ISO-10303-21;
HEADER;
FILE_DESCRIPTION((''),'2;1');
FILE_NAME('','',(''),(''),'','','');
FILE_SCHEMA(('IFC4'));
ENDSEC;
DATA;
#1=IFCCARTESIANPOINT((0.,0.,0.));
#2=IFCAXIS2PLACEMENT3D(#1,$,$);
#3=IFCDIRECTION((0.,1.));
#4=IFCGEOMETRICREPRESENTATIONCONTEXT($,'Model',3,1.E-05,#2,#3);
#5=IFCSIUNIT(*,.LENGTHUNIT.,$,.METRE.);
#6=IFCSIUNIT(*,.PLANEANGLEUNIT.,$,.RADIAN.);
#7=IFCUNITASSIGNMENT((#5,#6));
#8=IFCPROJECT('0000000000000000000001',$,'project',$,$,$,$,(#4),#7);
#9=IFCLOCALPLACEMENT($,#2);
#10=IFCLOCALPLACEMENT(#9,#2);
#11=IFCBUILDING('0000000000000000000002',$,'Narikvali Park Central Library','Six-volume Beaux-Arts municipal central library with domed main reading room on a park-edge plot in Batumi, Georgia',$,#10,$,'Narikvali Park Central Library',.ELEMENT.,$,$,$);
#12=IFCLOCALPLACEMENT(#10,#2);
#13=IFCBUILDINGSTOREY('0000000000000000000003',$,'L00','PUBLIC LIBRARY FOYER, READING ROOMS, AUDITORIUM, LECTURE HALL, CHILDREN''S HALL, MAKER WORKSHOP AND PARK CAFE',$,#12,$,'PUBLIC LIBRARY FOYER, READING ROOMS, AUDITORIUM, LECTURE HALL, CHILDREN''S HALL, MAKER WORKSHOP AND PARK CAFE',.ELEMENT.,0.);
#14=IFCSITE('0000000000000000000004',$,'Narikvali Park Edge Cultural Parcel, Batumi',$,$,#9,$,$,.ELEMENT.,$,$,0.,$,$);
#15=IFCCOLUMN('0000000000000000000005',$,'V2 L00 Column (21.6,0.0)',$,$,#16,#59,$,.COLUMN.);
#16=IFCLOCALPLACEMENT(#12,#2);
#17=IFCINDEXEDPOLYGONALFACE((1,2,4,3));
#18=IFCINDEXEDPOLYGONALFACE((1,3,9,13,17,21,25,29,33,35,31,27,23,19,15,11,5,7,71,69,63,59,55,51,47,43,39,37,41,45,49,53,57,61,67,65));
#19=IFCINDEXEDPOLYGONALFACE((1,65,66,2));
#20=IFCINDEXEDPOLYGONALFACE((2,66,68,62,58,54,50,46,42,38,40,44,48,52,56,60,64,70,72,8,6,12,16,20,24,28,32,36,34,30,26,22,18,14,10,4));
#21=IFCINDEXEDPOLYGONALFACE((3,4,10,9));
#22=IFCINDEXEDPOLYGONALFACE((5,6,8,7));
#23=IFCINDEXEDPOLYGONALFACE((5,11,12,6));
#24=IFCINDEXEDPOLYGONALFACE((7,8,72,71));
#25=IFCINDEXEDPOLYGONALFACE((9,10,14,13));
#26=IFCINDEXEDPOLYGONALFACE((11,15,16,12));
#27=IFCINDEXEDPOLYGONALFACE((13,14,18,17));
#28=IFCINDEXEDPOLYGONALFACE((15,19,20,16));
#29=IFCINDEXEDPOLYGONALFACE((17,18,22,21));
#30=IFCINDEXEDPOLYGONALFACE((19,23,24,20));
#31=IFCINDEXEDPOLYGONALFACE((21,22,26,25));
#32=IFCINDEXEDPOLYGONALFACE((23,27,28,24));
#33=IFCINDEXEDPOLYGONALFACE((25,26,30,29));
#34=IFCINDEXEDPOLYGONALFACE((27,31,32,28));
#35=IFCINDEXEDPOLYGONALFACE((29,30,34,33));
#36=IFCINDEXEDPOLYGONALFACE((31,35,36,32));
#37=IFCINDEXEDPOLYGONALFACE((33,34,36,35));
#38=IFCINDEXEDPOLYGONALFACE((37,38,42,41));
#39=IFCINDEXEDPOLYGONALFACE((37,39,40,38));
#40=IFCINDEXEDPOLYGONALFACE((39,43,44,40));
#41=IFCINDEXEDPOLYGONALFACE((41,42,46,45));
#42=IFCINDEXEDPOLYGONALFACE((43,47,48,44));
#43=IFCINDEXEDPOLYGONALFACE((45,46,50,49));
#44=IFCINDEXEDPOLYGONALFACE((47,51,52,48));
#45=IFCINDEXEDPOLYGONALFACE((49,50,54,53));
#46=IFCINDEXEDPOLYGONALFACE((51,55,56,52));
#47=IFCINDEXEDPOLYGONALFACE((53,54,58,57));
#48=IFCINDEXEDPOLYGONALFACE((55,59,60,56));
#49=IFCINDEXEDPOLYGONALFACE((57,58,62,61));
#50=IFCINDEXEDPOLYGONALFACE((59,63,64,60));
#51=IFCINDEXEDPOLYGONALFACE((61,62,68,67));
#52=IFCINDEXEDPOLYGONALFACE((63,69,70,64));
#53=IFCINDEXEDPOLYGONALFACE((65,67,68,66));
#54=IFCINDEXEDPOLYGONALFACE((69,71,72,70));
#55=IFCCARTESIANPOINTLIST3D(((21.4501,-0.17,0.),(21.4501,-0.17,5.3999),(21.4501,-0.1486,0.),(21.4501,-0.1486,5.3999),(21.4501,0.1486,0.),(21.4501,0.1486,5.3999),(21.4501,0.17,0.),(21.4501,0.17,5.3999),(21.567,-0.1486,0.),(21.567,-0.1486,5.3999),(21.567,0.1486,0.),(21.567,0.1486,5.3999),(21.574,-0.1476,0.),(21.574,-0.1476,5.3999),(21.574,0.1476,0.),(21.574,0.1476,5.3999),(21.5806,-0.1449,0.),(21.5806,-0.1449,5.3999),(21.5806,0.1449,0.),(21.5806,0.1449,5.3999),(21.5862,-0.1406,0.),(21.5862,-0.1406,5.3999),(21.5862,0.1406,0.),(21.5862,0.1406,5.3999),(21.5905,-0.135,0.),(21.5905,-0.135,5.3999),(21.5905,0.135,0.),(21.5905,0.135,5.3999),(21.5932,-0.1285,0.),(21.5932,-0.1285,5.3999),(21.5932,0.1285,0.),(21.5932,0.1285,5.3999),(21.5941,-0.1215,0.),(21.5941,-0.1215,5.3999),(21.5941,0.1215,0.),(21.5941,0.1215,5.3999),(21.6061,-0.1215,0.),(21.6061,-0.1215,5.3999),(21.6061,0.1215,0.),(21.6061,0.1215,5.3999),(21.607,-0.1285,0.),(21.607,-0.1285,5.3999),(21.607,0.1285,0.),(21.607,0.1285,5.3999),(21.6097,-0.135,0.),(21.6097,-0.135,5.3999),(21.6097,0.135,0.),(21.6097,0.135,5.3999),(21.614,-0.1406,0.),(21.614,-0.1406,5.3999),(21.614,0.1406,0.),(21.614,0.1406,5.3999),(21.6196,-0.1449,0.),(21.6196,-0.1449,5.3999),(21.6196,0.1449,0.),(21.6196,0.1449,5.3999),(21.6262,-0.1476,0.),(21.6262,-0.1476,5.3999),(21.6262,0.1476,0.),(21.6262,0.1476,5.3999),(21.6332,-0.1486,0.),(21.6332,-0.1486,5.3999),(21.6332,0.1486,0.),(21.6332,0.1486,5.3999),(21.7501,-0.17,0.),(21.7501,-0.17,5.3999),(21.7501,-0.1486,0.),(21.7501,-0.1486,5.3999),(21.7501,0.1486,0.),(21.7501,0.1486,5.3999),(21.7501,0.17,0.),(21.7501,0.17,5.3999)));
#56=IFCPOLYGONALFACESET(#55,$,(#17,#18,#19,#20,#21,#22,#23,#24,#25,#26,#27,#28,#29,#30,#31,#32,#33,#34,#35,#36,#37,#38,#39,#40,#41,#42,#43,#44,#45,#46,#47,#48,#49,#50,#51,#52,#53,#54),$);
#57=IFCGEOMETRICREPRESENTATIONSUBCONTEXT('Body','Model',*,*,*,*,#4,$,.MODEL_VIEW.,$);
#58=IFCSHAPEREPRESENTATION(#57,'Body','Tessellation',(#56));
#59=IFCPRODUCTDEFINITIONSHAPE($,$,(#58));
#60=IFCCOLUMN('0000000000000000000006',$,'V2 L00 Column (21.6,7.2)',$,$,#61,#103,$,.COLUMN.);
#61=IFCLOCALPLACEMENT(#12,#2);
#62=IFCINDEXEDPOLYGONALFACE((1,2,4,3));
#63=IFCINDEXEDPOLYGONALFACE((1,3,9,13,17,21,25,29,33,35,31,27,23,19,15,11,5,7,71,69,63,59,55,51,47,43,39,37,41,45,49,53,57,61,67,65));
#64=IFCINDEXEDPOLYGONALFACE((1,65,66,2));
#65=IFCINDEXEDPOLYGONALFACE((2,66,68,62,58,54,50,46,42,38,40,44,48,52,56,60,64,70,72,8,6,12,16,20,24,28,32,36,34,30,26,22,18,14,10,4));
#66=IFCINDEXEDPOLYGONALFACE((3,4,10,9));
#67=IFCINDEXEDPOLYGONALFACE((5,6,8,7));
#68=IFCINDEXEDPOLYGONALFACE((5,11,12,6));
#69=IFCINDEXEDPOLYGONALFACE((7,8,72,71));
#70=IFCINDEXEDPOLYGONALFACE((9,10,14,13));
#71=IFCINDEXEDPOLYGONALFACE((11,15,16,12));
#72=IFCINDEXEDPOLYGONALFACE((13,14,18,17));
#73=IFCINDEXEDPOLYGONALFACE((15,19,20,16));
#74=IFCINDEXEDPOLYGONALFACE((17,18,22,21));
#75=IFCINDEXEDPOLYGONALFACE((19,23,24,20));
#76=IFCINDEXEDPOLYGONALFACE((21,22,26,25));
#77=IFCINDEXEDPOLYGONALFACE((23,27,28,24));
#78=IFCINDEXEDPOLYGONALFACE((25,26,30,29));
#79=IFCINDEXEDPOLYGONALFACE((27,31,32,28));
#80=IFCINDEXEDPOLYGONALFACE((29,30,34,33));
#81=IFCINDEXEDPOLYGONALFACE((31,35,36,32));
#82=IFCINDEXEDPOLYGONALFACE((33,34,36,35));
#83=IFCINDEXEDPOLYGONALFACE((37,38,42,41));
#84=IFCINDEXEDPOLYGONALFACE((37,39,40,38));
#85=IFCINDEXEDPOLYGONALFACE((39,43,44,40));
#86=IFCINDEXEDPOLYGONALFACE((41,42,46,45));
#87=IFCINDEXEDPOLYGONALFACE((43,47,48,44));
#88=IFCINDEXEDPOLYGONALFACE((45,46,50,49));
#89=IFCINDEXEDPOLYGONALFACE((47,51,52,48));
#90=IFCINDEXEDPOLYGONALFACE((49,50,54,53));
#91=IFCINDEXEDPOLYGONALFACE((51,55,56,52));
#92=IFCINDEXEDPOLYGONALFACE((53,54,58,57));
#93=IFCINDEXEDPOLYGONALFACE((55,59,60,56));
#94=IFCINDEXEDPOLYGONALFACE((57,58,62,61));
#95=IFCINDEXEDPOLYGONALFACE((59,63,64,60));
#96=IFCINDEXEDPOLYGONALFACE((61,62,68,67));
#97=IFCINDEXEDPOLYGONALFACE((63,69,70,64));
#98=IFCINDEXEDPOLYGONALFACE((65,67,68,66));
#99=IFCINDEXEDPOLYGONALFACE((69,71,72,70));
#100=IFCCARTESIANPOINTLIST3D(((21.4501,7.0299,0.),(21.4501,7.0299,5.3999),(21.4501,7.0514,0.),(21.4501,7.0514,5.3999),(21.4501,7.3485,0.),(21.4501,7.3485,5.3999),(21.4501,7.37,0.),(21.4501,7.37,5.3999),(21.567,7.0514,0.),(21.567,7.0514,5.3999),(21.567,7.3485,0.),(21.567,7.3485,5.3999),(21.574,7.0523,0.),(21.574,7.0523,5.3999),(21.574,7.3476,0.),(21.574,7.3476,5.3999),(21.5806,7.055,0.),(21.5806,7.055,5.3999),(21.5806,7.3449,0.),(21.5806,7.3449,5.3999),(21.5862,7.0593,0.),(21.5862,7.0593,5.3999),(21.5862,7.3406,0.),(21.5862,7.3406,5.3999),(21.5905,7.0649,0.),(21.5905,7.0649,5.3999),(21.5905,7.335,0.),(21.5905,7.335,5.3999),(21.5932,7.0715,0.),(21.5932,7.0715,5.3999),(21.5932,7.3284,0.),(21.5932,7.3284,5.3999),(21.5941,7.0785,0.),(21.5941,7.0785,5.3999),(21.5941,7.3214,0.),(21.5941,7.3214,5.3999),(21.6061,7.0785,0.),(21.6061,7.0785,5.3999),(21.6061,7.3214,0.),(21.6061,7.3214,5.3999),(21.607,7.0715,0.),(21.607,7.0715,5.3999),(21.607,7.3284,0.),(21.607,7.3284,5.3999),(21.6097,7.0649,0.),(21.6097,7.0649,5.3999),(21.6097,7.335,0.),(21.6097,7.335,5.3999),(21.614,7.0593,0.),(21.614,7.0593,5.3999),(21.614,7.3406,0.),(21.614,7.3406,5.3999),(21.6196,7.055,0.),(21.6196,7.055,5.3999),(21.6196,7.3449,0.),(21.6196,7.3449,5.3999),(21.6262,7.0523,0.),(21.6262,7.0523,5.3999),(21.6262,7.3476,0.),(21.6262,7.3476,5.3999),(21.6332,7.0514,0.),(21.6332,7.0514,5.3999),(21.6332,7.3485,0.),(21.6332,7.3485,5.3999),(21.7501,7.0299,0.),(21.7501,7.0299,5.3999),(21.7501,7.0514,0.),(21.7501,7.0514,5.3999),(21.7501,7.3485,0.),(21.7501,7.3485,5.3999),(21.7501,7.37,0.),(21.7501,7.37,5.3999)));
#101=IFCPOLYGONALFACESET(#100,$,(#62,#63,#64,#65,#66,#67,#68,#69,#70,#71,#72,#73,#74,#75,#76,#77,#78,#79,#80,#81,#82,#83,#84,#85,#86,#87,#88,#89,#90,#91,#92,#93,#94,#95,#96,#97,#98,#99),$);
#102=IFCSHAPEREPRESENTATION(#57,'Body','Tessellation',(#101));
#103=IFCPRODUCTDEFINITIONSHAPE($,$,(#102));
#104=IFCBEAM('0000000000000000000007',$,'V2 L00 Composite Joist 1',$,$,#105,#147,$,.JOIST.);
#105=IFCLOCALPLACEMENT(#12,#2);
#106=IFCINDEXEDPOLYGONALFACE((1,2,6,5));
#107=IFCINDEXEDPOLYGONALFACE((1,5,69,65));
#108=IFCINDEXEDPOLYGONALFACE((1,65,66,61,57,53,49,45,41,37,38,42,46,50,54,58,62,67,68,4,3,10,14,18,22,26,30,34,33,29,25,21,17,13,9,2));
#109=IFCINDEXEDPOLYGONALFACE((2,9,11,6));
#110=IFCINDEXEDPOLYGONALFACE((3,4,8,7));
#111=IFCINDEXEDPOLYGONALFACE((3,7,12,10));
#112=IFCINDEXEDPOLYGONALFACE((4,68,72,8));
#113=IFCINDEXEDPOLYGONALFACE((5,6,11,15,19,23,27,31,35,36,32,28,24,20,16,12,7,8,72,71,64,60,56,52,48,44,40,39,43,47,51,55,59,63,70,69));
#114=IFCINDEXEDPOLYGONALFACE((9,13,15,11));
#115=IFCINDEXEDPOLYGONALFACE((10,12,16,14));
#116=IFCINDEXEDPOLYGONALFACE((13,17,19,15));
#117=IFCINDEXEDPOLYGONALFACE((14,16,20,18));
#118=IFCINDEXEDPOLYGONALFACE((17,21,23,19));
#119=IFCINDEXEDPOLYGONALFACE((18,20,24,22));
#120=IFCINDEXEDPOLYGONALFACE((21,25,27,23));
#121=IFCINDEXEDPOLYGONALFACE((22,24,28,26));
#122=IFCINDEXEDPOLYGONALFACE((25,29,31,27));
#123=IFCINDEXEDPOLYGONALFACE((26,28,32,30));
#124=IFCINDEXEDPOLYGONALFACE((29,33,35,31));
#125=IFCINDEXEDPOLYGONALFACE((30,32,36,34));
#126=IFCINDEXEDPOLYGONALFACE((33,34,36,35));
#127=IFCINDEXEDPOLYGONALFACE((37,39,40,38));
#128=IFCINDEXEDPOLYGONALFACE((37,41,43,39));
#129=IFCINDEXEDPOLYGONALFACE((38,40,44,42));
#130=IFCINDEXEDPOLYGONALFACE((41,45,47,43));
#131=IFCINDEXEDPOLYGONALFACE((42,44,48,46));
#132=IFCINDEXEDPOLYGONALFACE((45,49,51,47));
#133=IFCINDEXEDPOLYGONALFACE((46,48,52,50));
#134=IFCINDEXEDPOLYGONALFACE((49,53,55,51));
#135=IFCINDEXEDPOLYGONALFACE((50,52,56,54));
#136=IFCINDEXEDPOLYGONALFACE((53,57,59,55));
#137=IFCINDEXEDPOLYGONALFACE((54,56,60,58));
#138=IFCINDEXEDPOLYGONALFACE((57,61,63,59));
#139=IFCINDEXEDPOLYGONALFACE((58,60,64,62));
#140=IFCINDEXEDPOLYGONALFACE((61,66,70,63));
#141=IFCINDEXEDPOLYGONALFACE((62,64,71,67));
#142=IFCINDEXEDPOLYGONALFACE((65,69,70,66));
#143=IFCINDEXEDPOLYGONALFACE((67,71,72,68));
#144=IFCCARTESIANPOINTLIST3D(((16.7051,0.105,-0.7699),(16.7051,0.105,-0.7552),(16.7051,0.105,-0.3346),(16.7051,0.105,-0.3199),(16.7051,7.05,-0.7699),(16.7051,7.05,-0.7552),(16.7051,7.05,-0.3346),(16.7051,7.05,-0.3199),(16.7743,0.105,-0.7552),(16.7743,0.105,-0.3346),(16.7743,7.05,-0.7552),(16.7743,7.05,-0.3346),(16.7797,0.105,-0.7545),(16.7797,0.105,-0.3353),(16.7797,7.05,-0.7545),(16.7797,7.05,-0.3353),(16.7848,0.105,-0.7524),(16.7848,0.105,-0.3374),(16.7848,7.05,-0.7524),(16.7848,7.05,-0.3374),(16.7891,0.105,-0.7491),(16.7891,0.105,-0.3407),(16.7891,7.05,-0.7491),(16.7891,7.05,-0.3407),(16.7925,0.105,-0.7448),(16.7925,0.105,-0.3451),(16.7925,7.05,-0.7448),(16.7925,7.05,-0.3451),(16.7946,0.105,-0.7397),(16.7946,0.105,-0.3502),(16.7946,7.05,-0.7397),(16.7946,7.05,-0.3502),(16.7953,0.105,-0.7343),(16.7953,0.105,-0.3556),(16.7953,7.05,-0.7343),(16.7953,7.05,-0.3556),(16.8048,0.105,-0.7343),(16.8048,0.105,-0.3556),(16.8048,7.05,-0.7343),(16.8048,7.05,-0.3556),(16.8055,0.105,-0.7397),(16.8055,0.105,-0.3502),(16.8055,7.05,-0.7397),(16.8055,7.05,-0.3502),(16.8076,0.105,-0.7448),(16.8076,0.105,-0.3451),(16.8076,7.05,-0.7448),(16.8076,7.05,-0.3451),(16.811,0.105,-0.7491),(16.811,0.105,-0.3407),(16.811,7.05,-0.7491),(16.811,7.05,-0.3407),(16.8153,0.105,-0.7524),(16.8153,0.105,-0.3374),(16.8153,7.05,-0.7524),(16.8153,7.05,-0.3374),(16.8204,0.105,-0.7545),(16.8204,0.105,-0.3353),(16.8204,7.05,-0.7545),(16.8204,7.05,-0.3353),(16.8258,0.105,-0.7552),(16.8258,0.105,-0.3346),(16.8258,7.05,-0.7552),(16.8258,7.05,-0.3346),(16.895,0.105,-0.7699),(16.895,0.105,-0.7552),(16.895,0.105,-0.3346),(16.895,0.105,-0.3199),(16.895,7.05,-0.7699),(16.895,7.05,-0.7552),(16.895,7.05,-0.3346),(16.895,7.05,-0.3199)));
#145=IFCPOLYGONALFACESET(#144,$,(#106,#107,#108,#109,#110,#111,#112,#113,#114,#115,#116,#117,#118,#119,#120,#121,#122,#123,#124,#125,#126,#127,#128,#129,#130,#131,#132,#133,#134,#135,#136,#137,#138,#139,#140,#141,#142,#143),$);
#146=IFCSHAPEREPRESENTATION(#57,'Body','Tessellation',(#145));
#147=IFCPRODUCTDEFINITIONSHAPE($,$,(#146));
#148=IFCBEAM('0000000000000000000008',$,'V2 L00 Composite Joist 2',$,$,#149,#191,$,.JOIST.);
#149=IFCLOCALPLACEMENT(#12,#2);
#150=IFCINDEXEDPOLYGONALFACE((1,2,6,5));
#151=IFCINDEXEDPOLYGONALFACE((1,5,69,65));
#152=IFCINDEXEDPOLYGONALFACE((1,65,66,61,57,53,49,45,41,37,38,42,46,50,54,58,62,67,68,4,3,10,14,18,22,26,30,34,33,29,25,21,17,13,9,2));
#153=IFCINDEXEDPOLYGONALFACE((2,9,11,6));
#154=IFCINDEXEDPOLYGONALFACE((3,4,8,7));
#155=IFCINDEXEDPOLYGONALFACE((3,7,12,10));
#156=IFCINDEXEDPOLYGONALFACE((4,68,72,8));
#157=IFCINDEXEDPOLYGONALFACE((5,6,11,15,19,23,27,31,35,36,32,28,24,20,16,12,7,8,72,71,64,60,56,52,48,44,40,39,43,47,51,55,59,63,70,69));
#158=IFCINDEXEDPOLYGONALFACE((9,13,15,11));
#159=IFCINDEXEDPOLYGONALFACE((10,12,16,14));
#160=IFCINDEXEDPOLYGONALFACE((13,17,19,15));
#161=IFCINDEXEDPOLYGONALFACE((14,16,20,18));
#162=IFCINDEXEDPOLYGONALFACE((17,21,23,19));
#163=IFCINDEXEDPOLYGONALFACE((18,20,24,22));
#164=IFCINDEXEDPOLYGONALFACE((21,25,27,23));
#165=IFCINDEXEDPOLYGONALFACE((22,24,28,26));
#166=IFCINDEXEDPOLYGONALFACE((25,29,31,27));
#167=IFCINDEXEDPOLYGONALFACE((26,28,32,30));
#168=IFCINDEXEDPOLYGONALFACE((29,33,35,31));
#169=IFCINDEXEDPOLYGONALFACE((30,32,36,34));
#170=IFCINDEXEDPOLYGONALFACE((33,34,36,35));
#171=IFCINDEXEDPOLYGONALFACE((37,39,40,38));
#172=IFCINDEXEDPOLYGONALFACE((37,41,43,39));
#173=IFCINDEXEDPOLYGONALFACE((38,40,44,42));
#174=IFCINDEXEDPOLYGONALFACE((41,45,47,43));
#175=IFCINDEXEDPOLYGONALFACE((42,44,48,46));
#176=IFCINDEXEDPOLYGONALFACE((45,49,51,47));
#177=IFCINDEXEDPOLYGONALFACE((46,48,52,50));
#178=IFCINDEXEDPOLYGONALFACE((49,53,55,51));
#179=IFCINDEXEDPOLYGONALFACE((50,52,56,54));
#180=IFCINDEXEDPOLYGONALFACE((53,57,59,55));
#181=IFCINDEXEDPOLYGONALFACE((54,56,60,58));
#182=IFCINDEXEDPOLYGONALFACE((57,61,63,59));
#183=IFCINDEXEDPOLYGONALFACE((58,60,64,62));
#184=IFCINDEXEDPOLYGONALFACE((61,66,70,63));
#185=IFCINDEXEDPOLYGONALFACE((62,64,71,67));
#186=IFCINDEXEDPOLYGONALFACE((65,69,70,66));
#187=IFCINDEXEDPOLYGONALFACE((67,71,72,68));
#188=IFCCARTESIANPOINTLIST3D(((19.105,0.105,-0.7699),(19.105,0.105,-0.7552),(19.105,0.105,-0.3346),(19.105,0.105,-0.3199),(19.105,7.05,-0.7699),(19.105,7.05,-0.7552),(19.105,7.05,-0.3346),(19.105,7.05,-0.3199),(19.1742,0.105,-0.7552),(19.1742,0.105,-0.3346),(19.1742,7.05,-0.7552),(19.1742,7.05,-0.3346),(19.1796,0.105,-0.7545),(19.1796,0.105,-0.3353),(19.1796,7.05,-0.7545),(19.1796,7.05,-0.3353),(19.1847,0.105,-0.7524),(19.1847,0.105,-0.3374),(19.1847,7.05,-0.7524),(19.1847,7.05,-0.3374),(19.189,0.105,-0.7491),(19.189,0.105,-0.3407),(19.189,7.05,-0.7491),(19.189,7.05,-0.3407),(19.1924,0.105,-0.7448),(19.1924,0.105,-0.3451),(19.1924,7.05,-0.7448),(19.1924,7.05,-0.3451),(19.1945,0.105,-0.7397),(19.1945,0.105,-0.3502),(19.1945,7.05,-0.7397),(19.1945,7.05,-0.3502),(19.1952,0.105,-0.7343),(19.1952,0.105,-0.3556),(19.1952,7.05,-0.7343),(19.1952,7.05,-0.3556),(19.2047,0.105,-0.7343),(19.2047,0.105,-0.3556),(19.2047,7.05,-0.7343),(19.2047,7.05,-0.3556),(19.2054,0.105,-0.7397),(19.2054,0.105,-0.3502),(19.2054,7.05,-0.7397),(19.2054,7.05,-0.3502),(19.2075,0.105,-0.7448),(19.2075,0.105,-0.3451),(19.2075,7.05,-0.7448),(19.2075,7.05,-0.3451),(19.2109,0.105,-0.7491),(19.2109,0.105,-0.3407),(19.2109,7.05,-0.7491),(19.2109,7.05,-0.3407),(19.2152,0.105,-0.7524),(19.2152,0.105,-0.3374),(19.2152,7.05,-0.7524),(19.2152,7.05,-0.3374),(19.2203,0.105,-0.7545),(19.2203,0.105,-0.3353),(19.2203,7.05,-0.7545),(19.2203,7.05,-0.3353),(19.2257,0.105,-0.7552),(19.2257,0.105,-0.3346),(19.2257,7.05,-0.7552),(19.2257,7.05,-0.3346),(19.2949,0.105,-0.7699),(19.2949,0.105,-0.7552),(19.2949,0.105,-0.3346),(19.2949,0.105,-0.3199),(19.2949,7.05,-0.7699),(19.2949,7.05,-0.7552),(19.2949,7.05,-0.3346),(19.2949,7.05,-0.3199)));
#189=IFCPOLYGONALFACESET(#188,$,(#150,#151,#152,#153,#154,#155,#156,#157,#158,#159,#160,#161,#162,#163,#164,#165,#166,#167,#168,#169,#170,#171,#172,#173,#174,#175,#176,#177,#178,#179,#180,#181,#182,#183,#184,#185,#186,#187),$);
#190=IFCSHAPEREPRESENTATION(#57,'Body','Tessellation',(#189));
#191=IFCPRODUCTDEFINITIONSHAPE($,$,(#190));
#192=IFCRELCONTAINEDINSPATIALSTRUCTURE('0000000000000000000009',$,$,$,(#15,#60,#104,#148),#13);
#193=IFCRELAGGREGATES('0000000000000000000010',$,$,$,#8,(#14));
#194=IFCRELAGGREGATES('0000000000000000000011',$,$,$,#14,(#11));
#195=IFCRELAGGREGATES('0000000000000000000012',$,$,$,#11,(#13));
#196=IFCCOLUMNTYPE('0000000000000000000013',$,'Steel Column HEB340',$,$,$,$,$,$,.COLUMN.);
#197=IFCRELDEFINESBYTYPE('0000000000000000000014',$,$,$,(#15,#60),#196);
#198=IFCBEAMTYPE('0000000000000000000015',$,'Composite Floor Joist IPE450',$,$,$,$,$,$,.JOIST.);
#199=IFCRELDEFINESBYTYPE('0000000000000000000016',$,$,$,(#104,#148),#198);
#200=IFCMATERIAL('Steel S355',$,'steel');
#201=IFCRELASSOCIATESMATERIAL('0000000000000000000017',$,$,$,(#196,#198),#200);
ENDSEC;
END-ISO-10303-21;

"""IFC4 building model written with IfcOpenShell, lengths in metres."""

from ifc_helpers import new_model, si_unit, direction, frame, origin, origin_2d, place, context, subcontext, project, spatial, i_section, extrude, material, material_profile, profile_set, type_object, element, save


model = new_model("IFC4")

# Units and contexts
model_context = context("Model", 3, precision=1e-05, world=origin(), true_north=direction((0.0, 1.0)))
body_context = subcontext(model_context, "Body", "Model", "MODEL_VIEW")
ifc_project = project(units=[si_unit("LENGTHUNIT", "METRE"), si_unit("PLANEANGLEUNIT", "RADIAN")], contexts=[model_context])

# Site, building, storey
site_placement = place(None, origin())
site = spatial("IfcSite", under=ifc_project, at=site_placement, Name="Narikvali Park Edge Cultural Parcel, Batumi", CompositionType="ELEMENT", RefElevation=0.0)
building_placement = place(site_placement, origin())
building = spatial("IfcBuilding", under=site, at=building_placement, Name="Narikvali Park Central Library", Description="Six-volume Beaux-Arts municipal central library with domed main reading room on a park-edge plot in Batumi, Georgia", LongName="Narikvali Park Central Library", CompositionType="ELEMENT")
storey_placement = place(building_placement, origin())
storey = spatial("IfcBuildingStorey", under=building, at=storey_placement, Name="L00", Description="PUBLIC LIBRARY FOYER, READING ROOMS, AUDITORIUM, LECTURE HALL, CHILDREN'S HALL, MAKER WORKSHOP AND PARK CAFE", LongName="PUBLIC LIBRARY FOYER, READING ROOMS, AUDITORIUM, LECTURE HALL, CHILDREN'S HALL, MAKER WORKSHOP AND PARK CAFE", CompositionType="ELEMENT", Elevation=0.0)

# Columns
ifc_material_1 = material(Name="Steel S355", Category="steel")
ifc_material_profile_1 = material_profile(ifc_material_1, i_section(OverallWidth=0.3, OverallDepth=0.3401, WebThickness=0.012, FlangeThickness=0.0215, FilletRadius=0.0271, at=origin_2d()), Name="HEB 340")
ifc_profile_set_1 = profile_set([ifc_material_profile_1], Name="Steel S355")
column_type = type_object("IfcColumnType", Name="Steel Column HEB340", PredefinedType="COLUMN", material=ifc_profile_set_1)
for number, where, z_axis, x_axis, name in (
    (1, (21.6001, 0.0, 0.0), (0.0, 0.0, 1.0), (1.0, 0.0, 0.0), "V2 L00 Column (21.6,0.0)"),
    (2, (21.6001, 7.2, 0.0), (0.0, 0.0, 1.0), (1.0, 0.0, 0.0), "V2 L00 Column (21.6,7.2)"),
):
    element("IfcColumn", number, at=place(storey_placement, frame(where, z_axis=z_axis, x_axis=x_axis)), inside=storey, type_object=column_type, Name=name, PredefinedType="COLUMN", context=body_context, shape_type="SweptSolid", body=[
        extrude(i_section(OverallWidth=0.3, OverallDepth=0.3401, WebThickness=0.012, FlangeThickness=0.0215, FilletRadius=0.0271, at=origin_2d()), origin(), (0.0, 0.0, 1.0), 5.3999),
    ])

# Beams
ifc_material_profile_2 = material_profile(ifc_material_1, i_section(OverallWidth=0.1899, OverallDepth=0.45, WebThickness=0.0095, FlangeThickness=0.0146, FilletRadius=0.021, at=origin_2d()), Name="IPE 450")
ifc_profile_set_2 = profile_set([ifc_material_profile_2], Name="Steel S355")
beam_type_1 = type_object("IfcBeamType", Name="Composite Floor Joist IPE450", PredefinedType="JOIST", material=ifc_profile_set_2)
for number, where, z_axis, x_axis, name in (
    (3, (16.8, 0.105, -0.5449), (0.0, 1.0, 0.0), (-1.0, 0.0, 0.0), "V2 L00 Composite Joist 1"),
    (4, (19.2, 0.105, -0.5449), (0.0, 1.0, 0.0), (-1.0, 0.0, 0.0), "V2 L00 Composite Joist 2"),
):
    element("IfcBeam", number, at=place(storey_placement, frame(where, z_axis=z_axis, x_axis=x_axis)), inside=storey, type_object=beam_type_1, Name=name, PredefinedType="JOIST", context=body_context, shape_type="SweptSolid", body=[
        extrude(i_section(OverallWidth=0.1899, OverallDepth=0.45, WebThickness=0.0095, FlangeThickness=0.0146, FilletRadius=0.021, at=origin_2d()), origin(), (0.0, 0.0, 1.0), 6.9451),
    ])

save(model, "model.ifc")
